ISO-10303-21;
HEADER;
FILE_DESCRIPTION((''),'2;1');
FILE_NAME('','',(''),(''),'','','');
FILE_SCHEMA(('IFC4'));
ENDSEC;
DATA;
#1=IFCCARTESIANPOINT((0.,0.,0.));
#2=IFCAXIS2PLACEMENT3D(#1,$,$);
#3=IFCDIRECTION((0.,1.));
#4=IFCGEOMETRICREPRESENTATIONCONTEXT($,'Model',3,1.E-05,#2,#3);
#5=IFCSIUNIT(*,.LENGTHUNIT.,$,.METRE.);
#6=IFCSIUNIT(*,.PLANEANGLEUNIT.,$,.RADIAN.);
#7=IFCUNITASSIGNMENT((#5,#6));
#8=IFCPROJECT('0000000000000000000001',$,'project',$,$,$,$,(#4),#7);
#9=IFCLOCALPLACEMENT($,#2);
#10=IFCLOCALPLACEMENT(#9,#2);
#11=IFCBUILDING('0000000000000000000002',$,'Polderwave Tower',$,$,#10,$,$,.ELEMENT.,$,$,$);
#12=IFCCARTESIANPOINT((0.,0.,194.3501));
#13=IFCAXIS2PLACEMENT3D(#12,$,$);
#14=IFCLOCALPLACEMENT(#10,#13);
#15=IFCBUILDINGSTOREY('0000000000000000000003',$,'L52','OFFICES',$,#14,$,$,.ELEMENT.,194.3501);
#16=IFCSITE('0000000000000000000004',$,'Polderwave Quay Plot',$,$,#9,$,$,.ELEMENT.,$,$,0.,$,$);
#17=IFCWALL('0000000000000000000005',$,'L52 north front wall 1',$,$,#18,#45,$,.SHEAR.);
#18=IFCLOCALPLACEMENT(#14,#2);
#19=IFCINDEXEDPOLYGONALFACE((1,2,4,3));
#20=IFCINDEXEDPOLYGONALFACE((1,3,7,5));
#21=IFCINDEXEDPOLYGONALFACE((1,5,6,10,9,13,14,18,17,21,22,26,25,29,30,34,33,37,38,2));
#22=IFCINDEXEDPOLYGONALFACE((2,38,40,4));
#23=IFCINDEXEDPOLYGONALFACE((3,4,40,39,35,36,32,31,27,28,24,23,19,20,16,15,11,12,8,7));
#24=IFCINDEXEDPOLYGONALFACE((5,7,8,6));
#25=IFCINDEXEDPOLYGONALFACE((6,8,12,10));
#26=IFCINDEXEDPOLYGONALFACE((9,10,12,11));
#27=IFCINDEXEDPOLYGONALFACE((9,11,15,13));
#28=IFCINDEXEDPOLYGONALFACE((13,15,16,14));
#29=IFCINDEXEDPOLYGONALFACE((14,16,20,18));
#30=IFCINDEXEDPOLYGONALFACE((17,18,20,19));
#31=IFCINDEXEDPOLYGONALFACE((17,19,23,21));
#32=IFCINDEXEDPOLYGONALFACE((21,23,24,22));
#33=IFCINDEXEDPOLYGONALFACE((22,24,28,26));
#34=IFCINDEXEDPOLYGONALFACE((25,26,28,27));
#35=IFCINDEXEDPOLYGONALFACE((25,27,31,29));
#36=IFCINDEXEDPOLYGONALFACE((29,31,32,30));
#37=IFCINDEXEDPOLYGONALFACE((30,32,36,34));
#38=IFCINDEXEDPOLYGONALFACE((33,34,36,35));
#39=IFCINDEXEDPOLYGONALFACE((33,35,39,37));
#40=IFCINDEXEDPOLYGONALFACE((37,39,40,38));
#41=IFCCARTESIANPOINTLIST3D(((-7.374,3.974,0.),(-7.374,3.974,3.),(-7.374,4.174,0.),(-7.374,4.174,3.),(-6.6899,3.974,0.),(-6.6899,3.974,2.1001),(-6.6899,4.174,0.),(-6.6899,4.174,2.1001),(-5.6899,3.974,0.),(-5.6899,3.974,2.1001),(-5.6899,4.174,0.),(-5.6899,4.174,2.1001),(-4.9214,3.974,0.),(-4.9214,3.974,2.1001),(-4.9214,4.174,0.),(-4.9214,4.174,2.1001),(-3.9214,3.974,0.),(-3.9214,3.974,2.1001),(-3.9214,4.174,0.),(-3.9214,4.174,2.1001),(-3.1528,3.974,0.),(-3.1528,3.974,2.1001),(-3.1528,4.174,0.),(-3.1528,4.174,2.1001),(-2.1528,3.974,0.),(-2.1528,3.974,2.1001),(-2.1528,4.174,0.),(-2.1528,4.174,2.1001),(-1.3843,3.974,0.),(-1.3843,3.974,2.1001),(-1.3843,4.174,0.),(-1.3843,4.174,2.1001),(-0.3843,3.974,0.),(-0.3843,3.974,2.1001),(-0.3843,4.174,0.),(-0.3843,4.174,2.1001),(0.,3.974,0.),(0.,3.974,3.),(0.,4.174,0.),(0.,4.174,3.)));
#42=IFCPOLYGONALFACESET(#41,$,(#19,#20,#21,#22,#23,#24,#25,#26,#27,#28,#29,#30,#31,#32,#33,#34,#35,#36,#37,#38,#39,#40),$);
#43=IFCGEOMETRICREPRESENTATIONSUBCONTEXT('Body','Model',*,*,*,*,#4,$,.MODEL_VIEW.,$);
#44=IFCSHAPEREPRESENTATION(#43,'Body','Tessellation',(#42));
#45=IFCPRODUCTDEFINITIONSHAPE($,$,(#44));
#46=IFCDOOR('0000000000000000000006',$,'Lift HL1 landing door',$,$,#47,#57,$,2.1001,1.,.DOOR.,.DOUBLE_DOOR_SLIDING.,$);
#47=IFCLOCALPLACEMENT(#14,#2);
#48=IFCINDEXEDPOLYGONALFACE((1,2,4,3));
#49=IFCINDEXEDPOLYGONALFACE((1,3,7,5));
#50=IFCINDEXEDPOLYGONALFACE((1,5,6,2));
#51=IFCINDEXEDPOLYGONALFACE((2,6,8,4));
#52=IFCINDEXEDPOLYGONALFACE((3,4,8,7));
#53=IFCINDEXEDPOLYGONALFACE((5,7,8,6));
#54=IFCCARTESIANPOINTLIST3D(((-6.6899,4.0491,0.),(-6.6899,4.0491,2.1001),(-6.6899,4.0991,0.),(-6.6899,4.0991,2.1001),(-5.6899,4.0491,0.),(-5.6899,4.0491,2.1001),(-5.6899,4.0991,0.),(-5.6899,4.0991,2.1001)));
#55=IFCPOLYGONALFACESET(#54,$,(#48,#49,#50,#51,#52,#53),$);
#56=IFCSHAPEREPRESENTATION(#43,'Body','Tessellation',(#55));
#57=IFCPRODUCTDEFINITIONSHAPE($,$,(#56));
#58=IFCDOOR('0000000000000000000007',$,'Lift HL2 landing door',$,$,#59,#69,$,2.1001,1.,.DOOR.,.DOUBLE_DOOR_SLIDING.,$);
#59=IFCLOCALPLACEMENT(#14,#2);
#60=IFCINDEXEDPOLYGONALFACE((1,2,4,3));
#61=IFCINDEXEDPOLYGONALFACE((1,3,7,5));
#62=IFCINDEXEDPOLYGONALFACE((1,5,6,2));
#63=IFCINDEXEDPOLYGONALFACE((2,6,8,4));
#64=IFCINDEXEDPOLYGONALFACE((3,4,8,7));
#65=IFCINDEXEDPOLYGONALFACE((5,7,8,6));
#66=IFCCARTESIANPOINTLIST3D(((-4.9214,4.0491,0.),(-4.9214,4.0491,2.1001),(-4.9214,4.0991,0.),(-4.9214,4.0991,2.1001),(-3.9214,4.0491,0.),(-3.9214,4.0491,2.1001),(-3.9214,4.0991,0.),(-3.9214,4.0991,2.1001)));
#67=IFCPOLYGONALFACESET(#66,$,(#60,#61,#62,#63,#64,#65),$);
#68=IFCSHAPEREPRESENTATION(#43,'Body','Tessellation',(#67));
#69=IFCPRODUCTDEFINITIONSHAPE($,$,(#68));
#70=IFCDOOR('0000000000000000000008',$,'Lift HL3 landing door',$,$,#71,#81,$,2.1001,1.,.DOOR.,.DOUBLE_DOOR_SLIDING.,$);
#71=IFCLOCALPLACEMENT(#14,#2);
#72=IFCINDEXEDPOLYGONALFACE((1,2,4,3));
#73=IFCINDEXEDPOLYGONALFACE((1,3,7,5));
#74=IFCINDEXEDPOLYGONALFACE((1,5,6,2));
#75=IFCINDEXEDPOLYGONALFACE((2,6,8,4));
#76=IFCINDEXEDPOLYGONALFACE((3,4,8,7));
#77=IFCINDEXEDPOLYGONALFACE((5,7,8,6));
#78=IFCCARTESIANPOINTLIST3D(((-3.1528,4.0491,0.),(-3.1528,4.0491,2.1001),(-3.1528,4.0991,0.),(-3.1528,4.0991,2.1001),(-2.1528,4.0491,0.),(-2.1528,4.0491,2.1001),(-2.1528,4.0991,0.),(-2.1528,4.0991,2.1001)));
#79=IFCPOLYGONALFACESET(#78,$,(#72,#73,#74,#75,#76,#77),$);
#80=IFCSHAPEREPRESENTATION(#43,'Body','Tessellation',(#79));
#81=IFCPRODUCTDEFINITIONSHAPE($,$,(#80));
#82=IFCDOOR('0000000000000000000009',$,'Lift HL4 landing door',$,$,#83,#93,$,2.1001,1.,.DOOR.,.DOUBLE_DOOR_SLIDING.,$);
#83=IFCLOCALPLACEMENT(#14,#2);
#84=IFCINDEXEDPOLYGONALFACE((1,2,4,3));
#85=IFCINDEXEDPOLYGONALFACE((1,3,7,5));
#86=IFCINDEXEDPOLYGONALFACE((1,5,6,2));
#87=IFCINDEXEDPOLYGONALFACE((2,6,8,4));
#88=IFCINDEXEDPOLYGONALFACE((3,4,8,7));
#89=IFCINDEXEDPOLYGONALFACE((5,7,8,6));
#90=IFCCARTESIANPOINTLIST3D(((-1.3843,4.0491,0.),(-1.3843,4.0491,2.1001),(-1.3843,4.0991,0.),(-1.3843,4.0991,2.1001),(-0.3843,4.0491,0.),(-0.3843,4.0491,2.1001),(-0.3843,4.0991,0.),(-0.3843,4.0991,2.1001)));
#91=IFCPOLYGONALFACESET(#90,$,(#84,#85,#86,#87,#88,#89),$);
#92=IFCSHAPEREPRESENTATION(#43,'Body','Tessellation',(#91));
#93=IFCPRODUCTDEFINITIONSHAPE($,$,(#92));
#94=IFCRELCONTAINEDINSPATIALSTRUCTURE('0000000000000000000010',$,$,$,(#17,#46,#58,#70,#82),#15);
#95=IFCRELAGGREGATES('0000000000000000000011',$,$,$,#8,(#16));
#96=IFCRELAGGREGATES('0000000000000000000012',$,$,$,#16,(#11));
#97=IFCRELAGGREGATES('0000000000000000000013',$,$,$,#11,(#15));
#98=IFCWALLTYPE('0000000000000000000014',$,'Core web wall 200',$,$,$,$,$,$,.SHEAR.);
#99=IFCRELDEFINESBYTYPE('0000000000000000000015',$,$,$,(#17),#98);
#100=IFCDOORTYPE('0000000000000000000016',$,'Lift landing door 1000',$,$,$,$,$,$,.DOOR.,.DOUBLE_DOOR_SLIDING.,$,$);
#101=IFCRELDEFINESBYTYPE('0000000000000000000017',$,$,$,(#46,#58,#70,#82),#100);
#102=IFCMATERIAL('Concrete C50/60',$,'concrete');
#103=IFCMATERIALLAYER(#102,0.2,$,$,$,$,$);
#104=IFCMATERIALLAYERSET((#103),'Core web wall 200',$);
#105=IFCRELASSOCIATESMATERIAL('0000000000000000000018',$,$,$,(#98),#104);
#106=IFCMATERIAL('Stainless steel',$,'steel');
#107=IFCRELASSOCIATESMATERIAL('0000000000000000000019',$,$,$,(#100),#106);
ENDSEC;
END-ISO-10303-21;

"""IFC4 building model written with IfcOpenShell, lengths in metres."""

from ifc_helpers import new_model, si_unit, direction, frame, frame_2d, origin, place, context, subcontext, project, spatial, rectangle, extrude, material, layer, layer_set, type_object, element, fill, save


model = new_model("IFC4")

# Units and contexts
model_context = context("Model", 3, precision=1e-05, world=origin(), true_north=direction((0.0, 1.0)))
body_context = subcontext(model_context, "Body", "Model", "MODEL_VIEW")
ifc_project = project(units=[si_unit("LENGTHUNIT", "METRE"), si_unit("PLANEANGLEUNIT", "RADIAN")], contexts=[model_context])

# Site, building, storey
site_placement = place(None, origin())
site = spatial("IfcSite", under=ifc_project, at=site_placement, Name="Polderwave Quay Plot", CompositionType="ELEMENT", RefElevation=0.0)
building_placement = place(site_placement, origin())
building = spatial("IfcBuilding", under=site, at=building_placement, Name="Polderwave Tower", CompositionType="ELEMENT")
storey_placement = place(building_placement, frame((0.0, 0.0, 194.3501)))
storey = spatial("IfcBuildingStorey", under=building, at=storey_placement, Name="L52", Description="OFFICES", CompositionType="ELEMENT", Elevation=194.3501)

# Wall, openings, doors
ifc_material_1 = material(Name="Concrete C50/60", Category="concrete")
ifc_layer_1 = layer(ifc_material_1, 0.2)
ifc_layer_set_1 = layer_set([ifc_layer_1], Name="Core web wall 200")
wall_type_1 = type_object("IfcWallType", Name="Core web wall 200", PredefinedType="SHEAR", material=ifc_layer_set_1)
wall_1_placement = place(storey_placement, frame((-7.374, 4.074, 0.0), z_axis=(0.0, 0.0, 1.0), x_axis=(1.0, 0.0, 0.0)))
wall_1 = element("IfcWall", 1, at=wall_1_placement, inside=storey, type_object=wall_type_1, Name="L52 north front wall 1", PredefinedType="SHEAR", context=body_context, shape_type="SweptSolid", body=[
    extrude(rectangle(XDim=7.374, YDim=0.2, at=frame_2d((3.687, 0.0))), origin(), (0.0, 0.0, 1.0), 3.0),
])
opening_1_placement = place(wall_1_placement, frame((0.6841, 0.0, 0.0)))
opening_1 = element("IfcOpeningElement", 2, at=opening_1_placement, cuts=wall_1, PredefinedType="OPENING", context=body_context, shape_type="SweptSolid", body=[
    extrude(rectangle(XDim=1.0, YDim=2.1001, at=frame_2d((0.5, 1.05))), frame((0.0, 0.1099, 0.0), z_axis=(0.0, -1.0, 0.0), x_axis=(1.0, 0.0, 0.0)), (0.0, 0.0, 1.0), 0.22),
])
opening_2_placement = place(wall_1_placement, frame((2.4526, 0.0, 0.0)))
opening_2 = element("IfcOpeningElement", 3, at=opening_2_placement, cuts=wall_1, PredefinedType="OPENING", context=body_context, shape_type="SweptSolid", body=[
    extrude(rectangle(XDim=1.0, YDim=2.1001, at=frame_2d((0.5, 1.05))), frame((0.0, 0.1099, 0.0), z_axis=(0.0, -1.0, 0.0), x_axis=(1.0, 0.0, 0.0)), (0.0, 0.0, 1.0), 0.22),
])
opening_3_placement = place(wall_1_placement, frame((4.2212, 0.0, 0.0)))
opening_3 = element("IfcOpeningElement", 4, at=opening_3_placement, cuts=wall_1, PredefinedType="OPENING", context=body_context, shape_type="SweptSolid", body=[
    extrude(rectangle(XDim=1.0, YDim=2.1001, at=frame_2d((0.5, 1.05))), frame((0.0, 0.1099, 0.0), z_axis=(0.0, -1.0, 0.0), x_axis=(1.0, 0.0, 0.0)), (0.0, 0.0, 1.0), 0.22),
])
opening_4_placement = place(wall_1_placement, frame((5.9897, 0.0, 0.0)))
opening_4 = element("IfcOpeningElement", 5, at=opening_4_placement, cuts=wall_1, PredefinedType="OPENING", context=body_context, shape_type="SweptSolid", body=[
    extrude(rectangle(XDim=1.0, YDim=2.1001, at=frame_2d((0.5, 1.05))), frame((0.0, 0.1099, 0.0), z_axis=(0.0, -1.0, 0.0), x_axis=(1.0, 0.0, 0.0)), (0.0, 0.0, 1.0), 0.22),
])
ifc_material_2 = material(Name="Stainless steel", Category="steel")
door_type_1 = type_object("IfcDoorType", Name="Lift landing door 1000", OperationType="DOUBLE_DOOR_SLIDING", PredefinedType="DOOR", material=ifc_material_2)
door_1_placement = place(opening_1_placement, frame((1.0, 0.0, 0.0), z_axis=(0.0, 0.0, 1.0), x_axis=(-1.0, 0.0, 0.0)))
door_1 = element("IfcDoor", 6, at=door_1_placement, inside=storey, type_object=door_type_1, Name="Lift HL1 landing door", OperationType="DOUBLE_DOOR_SLIDING", OverallHeight=2.1001, OverallWidth=1.0, PredefinedType="DOOR", context=body_context, shape_type="SweptSolid", body=[
    extrude(rectangle(XDim=1.0, YDim=2.1001, at=frame_2d((0.5, 1.05))), frame((0.0, 0.0249, 0.0), z_axis=(0.0, -1.0, 0.0), x_axis=(1.0, 0.0, 0.0)), (0.0, 0.0, 1.0), 0.05),
])
fill(opening_1, door_1)
door_2_placement = place(opening_2_placement, frame((1.0, 0.0, 0.0), z_axis=(0.0, 0.0, 1.0), x_axis=(-1.0, 0.0, 0.0)))
door_2 = element("IfcDoor", 7, at=door_2_placement, inside=storey, type_object=door_type_1, Name="Lift HL2 landing door", OperationType="DOUBLE_DOOR_SLIDING", OverallHeight=2.1001, OverallWidth=1.0, PredefinedType="DOOR", context=body_context, shape_type="SweptSolid", body=[
    extrude(rectangle(XDim=1.0, YDim=2.1001, at=frame_2d((0.5, 1.05))), frame((0.0, 0.0249, 0.0), z_axis=(0.0, -1.0, 0.0), x_axis=(1.0, 0.0, 0.0)), (0.0, 0.0, 1.0), 0.05),
])
fill(opening_2, door_2)
door_3_placement = place(opening_3_placement, frame((1.0, 0.0, 0.0), z_axis=(0.0, 0.0, 1.0), x_axis=(-1.0, 0.0, 0.0)))
door_3 = element("IfcDoor", 8, at=door_3_placement, inside=storey, type_object=door_type_1, Name="Lift HL3 landing door", OperationType="DOUBLE_DOOR_SLIDING", OverallHeight=2.1001, OverallWidth=1.0, PredefinedType="DOOR", context=body_context, shape_type="SweptSolid", body=[
    extrude(rectangle(XDim=1.0, YDim=2.1001, at=frame_2d((0.5, 1.05))), frame((0.0, 0.0249, 0.0), z_axis=(0.0, -1.0, 0.0), x_axis=(1.0, 0.0, 0.0)), (0.0, 0.0, 1.0), 0.05),
])
fill(opening_3, door_3)
door_4_placement = place(opening_4_placement, frame((1.0, 0.0, 0.0), z_axis=(0.0, 0.0, 1.0), x_axis=(-1.0, 0.0, 0.0)))
door_4 = element("IfcDoor", 9, at=door_4_placement, inside=storey, type_object=door_type_1, Name="Lift HL4 landing door", OperationType="DOUBLE_DOOR_SLIDING", OverallHeight=2.1001, OverallWidth=1.0, PredefinedType="DOOR", context=body_context, shape_type="SweptSolid", body=[
    extrude(rectangle(XDim=1.0, YDim=2.1001, at=frame_2d((0.5, 1.05))), frame((0.0, 0.0249, 0.0), z_axis=(0.0, -1.0, 0.0), x_axis=(1.0, 0.0, 0.0)), (0.0, 0.0, 1.0), 0.05),
])
fill(opening_4, door_4)

save(model, "model.ifc")
